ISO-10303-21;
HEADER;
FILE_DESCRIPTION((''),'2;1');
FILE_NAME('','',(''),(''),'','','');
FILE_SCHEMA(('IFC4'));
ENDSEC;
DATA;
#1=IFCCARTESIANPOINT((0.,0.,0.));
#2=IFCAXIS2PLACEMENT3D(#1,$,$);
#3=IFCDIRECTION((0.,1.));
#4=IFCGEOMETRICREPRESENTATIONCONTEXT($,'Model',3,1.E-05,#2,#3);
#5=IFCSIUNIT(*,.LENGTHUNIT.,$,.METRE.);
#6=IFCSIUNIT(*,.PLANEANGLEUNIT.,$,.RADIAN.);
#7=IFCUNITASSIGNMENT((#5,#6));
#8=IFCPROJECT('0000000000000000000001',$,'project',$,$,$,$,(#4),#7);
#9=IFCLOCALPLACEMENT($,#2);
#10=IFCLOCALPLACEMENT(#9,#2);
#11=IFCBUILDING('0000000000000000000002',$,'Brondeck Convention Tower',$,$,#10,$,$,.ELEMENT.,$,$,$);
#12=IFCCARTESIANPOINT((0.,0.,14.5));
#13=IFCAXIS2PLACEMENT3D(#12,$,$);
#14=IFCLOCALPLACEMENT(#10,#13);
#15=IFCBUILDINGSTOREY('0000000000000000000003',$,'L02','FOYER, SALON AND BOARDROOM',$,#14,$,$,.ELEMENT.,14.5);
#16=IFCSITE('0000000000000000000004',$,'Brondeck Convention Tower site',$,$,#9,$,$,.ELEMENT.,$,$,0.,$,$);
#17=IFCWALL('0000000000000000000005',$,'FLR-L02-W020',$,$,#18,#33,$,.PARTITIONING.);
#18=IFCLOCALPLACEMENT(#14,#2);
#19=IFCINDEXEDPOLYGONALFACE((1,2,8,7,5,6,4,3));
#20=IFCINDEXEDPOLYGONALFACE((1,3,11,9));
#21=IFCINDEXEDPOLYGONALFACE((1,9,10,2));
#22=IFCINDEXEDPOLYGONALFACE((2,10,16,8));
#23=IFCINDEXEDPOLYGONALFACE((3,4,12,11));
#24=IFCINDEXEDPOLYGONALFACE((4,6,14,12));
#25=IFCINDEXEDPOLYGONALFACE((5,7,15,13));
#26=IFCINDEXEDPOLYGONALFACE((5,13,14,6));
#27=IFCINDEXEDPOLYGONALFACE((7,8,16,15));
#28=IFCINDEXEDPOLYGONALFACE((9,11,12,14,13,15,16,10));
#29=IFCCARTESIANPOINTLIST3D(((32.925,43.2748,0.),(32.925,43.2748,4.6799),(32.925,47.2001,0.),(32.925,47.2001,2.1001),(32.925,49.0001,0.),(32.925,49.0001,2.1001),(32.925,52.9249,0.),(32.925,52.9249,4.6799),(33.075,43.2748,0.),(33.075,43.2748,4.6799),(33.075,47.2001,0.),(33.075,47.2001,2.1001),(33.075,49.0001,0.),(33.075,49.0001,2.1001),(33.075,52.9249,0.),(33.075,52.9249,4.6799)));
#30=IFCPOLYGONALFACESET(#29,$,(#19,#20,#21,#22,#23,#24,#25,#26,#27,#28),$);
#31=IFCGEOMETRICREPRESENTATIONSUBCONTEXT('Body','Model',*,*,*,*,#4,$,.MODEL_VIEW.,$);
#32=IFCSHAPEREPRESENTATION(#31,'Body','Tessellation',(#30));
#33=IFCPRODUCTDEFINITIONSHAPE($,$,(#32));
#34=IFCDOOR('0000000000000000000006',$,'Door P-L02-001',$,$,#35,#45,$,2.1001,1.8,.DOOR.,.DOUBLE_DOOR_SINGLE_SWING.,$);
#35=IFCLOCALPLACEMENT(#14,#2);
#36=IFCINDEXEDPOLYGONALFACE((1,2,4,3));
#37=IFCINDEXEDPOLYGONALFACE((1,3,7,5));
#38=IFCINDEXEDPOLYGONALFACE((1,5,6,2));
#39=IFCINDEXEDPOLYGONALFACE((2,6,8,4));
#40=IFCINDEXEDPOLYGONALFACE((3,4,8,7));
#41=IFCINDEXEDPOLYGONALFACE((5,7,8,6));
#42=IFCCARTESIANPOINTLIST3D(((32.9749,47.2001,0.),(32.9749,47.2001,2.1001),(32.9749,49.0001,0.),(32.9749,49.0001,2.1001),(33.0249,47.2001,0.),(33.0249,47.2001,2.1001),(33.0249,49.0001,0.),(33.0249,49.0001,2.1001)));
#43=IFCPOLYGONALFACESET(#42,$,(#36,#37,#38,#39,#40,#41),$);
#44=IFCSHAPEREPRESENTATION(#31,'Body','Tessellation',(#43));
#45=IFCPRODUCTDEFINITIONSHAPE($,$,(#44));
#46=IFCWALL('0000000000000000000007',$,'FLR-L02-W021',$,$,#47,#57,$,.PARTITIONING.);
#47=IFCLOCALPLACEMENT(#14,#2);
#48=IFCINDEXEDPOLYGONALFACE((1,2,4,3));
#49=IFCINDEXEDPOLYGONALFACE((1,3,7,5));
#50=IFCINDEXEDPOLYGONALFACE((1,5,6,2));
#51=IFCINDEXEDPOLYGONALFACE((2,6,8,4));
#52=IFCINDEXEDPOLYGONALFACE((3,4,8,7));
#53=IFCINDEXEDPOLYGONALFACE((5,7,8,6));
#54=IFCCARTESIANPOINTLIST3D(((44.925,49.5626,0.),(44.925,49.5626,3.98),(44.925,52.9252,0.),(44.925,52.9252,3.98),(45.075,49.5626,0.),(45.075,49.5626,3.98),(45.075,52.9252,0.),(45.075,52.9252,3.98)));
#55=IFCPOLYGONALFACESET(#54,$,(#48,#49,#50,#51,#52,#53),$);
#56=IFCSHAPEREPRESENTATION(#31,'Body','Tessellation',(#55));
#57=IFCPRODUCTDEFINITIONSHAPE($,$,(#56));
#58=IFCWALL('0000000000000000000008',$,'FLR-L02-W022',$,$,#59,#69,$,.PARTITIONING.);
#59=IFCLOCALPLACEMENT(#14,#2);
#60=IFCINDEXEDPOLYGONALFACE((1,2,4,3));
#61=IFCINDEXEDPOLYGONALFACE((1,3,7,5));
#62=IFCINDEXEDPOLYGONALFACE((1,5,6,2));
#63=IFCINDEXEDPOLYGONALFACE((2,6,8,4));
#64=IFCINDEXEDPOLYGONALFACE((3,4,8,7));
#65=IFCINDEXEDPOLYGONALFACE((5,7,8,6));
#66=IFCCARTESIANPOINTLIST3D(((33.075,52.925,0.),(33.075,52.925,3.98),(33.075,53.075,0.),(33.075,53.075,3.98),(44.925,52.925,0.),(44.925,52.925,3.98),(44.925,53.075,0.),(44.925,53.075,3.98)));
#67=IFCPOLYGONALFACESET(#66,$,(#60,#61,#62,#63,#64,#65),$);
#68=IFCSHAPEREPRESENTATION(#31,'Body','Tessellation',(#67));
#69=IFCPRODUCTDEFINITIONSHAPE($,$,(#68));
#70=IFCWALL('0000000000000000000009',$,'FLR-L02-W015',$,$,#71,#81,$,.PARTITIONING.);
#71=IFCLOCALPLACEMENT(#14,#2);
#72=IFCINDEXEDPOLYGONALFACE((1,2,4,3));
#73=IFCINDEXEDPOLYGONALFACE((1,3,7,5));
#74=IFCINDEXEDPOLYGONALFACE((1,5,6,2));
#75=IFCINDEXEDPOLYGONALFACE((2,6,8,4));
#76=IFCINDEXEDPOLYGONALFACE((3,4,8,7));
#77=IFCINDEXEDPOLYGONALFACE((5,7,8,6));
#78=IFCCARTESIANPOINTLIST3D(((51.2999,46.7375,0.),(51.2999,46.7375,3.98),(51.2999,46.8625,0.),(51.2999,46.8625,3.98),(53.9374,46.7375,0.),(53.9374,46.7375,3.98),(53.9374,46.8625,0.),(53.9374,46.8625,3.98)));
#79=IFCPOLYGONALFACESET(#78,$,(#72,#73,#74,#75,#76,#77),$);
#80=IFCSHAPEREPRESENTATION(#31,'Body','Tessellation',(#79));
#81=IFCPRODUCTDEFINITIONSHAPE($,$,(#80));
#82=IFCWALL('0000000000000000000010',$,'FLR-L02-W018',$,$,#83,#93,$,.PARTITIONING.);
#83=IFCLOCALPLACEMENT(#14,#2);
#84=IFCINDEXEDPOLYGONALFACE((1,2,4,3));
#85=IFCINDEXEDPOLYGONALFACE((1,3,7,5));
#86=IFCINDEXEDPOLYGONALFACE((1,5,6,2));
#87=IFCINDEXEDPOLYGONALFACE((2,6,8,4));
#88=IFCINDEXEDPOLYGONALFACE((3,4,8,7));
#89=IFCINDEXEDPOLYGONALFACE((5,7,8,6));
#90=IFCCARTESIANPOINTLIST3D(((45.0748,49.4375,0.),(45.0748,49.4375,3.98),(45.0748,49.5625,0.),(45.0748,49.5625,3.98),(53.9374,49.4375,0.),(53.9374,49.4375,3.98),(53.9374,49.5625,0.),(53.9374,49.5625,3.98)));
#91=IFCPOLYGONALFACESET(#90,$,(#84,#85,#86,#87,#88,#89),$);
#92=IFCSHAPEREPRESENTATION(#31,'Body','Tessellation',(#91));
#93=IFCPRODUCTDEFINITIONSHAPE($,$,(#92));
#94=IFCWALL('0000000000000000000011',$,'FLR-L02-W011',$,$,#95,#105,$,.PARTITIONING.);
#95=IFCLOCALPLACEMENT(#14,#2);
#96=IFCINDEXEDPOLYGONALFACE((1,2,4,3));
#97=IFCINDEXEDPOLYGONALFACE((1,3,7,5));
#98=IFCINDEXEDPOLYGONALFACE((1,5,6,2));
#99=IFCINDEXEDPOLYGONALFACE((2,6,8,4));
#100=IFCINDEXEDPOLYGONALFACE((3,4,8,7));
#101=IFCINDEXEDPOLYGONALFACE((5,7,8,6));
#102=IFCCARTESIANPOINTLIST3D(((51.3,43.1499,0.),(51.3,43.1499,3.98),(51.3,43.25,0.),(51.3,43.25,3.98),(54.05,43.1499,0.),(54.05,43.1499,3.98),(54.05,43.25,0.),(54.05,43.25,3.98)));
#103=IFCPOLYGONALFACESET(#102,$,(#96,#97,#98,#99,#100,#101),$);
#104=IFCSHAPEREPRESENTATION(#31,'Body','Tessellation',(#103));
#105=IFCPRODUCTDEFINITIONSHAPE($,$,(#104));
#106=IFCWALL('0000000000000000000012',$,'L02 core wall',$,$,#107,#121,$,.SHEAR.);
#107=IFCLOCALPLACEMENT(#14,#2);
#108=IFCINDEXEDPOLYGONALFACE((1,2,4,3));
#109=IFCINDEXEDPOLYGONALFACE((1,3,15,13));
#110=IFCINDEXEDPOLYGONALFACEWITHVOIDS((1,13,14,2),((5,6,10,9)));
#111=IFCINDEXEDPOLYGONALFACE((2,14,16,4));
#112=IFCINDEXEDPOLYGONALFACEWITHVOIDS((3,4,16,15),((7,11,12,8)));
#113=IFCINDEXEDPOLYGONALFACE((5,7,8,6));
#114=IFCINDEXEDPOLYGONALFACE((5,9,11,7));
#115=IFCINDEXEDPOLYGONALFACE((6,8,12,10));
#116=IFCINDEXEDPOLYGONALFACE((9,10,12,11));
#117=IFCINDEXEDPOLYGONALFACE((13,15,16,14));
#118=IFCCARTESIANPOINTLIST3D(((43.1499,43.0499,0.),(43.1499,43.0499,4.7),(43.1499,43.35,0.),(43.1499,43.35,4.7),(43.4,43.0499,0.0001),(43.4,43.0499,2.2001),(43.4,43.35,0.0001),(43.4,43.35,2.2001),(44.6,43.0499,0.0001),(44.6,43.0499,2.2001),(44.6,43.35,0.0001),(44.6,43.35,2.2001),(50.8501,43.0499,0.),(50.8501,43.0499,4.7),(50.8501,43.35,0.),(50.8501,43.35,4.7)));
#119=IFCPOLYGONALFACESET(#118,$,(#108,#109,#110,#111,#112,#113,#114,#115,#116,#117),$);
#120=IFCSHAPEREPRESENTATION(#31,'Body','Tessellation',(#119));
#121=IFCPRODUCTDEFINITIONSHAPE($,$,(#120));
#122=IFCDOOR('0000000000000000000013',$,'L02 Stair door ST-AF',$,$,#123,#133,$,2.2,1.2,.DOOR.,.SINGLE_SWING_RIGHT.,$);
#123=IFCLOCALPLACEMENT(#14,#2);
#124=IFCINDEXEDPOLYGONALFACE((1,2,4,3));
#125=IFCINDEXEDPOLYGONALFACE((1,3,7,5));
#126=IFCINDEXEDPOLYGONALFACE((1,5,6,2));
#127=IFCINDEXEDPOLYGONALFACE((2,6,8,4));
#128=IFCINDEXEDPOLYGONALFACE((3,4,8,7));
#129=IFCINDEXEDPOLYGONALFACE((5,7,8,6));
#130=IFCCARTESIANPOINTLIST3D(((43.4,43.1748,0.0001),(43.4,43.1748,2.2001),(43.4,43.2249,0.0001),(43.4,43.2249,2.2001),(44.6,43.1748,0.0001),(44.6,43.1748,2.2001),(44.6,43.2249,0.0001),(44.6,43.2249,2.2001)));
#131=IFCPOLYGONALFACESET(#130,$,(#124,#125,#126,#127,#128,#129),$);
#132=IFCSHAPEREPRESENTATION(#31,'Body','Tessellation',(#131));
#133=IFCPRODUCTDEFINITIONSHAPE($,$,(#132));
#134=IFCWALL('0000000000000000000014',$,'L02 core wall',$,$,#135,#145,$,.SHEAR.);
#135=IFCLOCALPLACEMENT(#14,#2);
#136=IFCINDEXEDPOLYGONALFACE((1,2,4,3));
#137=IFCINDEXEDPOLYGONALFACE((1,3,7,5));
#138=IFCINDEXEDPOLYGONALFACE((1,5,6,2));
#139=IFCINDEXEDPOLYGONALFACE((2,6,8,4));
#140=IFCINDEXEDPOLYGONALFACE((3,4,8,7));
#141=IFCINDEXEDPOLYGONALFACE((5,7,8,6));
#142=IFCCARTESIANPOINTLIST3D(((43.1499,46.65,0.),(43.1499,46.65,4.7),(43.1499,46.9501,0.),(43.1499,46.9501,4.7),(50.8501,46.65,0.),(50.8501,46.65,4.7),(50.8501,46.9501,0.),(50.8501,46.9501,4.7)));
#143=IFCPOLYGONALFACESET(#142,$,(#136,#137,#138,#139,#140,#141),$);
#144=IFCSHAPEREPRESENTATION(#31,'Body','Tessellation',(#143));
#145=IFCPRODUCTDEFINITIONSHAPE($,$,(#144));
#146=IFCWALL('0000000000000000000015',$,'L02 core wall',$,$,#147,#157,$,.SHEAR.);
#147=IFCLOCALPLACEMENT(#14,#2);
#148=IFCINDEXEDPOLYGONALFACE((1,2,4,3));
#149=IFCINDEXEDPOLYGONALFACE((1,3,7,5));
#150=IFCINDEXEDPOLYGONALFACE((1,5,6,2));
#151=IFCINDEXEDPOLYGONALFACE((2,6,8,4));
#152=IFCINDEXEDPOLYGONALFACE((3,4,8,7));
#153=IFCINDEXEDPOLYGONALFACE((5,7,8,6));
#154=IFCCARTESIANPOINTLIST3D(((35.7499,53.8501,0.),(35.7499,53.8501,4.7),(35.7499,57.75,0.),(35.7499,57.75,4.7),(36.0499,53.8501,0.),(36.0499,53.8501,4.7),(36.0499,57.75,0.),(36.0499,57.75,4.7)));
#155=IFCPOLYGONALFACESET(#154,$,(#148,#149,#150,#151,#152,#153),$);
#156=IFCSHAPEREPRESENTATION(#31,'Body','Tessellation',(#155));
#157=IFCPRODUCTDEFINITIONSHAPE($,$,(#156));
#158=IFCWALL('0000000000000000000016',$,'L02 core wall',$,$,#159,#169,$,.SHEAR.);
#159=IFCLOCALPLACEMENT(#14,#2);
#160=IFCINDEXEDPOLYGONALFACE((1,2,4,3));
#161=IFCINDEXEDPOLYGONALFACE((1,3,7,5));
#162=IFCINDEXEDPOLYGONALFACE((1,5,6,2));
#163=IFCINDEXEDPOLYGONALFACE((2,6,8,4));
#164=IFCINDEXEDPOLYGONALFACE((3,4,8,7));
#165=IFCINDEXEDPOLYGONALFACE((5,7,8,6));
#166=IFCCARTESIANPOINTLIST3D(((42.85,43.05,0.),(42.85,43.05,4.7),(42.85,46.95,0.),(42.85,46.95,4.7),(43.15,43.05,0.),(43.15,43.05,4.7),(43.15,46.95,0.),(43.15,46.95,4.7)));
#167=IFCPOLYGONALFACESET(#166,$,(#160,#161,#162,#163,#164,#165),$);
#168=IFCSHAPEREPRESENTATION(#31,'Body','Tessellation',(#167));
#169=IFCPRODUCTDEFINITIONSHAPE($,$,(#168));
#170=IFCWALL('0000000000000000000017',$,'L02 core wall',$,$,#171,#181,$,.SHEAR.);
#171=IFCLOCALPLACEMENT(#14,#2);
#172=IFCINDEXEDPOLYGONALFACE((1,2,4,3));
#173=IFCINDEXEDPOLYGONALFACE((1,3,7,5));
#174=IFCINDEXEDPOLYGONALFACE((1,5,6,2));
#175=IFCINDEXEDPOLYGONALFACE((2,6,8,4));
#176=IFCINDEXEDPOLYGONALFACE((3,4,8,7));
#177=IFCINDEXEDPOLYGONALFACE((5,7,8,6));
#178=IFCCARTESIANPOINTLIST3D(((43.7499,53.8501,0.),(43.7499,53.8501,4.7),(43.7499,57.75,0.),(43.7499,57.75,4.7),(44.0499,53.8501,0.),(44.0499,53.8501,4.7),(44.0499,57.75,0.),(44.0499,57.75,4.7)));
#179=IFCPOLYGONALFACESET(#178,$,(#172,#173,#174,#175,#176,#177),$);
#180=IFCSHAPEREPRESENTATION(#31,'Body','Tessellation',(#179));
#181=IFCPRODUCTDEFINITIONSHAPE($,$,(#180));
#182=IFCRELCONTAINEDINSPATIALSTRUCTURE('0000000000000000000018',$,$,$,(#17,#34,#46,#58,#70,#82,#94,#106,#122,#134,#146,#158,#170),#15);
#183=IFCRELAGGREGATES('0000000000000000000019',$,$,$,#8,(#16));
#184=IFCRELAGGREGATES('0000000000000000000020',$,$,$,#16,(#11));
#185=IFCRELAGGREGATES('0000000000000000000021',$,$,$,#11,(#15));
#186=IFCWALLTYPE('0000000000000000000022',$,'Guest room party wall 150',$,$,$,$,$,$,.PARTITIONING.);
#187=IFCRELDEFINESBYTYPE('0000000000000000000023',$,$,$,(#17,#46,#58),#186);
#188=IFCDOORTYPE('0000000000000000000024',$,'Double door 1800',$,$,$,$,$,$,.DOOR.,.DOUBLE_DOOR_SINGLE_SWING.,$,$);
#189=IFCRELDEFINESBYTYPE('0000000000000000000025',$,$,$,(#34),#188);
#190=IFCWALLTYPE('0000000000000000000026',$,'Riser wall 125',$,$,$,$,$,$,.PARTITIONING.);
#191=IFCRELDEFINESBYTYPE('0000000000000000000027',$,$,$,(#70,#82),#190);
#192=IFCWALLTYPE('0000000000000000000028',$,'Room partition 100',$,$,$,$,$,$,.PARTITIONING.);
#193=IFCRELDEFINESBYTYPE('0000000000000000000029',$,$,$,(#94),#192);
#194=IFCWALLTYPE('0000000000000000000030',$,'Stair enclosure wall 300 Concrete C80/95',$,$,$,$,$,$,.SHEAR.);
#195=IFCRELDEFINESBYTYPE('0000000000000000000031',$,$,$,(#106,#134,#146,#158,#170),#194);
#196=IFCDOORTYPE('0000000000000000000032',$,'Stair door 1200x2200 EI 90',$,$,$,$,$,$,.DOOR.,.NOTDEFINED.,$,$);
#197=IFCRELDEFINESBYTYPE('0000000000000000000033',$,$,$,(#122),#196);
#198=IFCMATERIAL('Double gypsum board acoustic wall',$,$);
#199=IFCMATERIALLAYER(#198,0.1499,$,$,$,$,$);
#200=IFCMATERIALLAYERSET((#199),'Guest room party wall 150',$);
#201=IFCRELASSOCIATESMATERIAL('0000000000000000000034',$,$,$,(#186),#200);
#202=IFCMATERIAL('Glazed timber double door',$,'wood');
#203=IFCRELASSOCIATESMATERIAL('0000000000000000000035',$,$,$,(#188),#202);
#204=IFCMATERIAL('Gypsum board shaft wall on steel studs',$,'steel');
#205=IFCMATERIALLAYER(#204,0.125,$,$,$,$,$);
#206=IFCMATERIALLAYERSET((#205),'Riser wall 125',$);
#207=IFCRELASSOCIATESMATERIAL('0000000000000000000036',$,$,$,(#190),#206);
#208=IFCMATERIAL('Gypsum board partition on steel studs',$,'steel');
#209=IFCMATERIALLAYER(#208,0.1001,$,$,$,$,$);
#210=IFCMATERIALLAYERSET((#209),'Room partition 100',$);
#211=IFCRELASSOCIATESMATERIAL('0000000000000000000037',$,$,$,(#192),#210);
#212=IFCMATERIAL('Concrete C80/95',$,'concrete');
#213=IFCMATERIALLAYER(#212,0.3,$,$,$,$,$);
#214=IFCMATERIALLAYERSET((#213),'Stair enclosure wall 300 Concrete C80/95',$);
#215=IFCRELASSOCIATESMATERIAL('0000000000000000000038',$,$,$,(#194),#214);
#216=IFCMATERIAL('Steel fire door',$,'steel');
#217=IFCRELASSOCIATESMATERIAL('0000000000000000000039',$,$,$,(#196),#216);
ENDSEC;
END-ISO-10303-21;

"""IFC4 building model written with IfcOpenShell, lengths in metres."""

from ifc_helpers import new_model, si_unit, direction, frame, frame_2d, origin, place, context, subcontext, project, spatial, rectangle, extrude, material, layer, layer_set, type_object, element, fill, save


model = new_model("IFC4")

# Units and contexts
model_context = context("Model", 3, precision=1e-05, world=origin(), true_north=direction((0.0, 1.0)))
body_context = subcontext(model_context, "Body", "Model", "MODEL_VIEW")
ifc_project = project(units=[si_unit("LENGTHUNIT", "METRE"), si_unit("PLANEANGLEUNIT", "RADIAN")], contexts=[model_context])

# Site, building, storey
site_placement = place(None, origin())
site = spatial("IfcSite", under=ifc_project, at=site_placement, Name="Brondeck Convention Tower site", CompositionType="ELEMENT", RefElevation=0.0)
building_placement = place(site_placement, origin())
building = spatial("IfcBuilding", under=site, at=building_placement, Name="Brondeck Convention Tower", CompositionType="ELEMENT")
storey_placement = place(building_placement, frame((0.0, 0.0, 14.5)))
storey = spatial("IfcBuildingStorey", under=building, at=storey_placement, Name="L02", Description="FOYER, SALON AND BOARDROOM", CompositionType="ELEMENT", Elevation=14.5)

# Shared definitions
ifc_material_1 = material(Name="Double gypsum board acoustic wall")
ifc_layer_1 = layer(ifc_material_1, 0.1499)
ifc_layer_set_1 = layer_set([ifc_layer_1], Name="Guest room party wall 150")
wall_type_1 = type_object("IfcWallType", Name="Guest room party wall 150", PredefinedType="PARTITIONING", material=ifc_layer_set_1)

# Wall, opening, door
wall_1_placement = place(storey_placement, frame((33.0, 52.925, 0.0), z_axis=(0.0, 0.0, 1.0), x_axis=(0.0, -1.0, 0.0)))
wall_1 = element("IfcWall", 1, at=wall_1_placement, inside=storey, type_object=wall_type_1, Name="FLR-L02-W020", PredefinedType="PARTITIONING", context=body_context, shape_type="SweptSolid", body=[
    extrude(rectangle(XDim=9.6501, YDim=0.1499, at=frame_2d((4.8252, 0.0))), origin(), (0.0, 0.0, 1.0), 4.6799),
])
opening_1_placement = place(wall_1_placement, frame((3.925, 0.0, 0.0)))
opening_1 = element("IfcOpeningElement", 2, at=opening_1_placement, cuts=wall_1, PredefinedType="OPENING", context=body_context, shape_type="SweptSolid", body=[
    extrude(rectangle(XDim=1.8, YDim=2.1001, at=frame_2d((0.8999, 1.05))), frame((0.0, 0.085, 0.0), z_axis=(0.0, -1.0, 0.0), x_axis=(1.0, 0.0, 0.0)), (0.0, 0.0, 1.0), 0.1699),
])
ifc_material_2 = material(Name="Glazed timber double door", Category="wood")
door_type_1 = type_object("IfcDoorType", Name="Double door 1800", OperationType="DOUBLE_DOOR_SINGLE_SWING", PredefinedType="DOOR", material=ifc_material_2)
door_1_placement = place(opening_1_placement, origin())
door_1 = element("IfcDoor", 3, at=door_1_placement, inside=storey, type_object=door_type_1, Name="Door P-L02-001", OperationType="DOUBLE_DOOR_SINGLE_SWING", OverallHeight=2.1001, OverallWidth=1.8, PredefinedType="DOOR", context=body_context, shape_type="SweptSolid", body=[
    extrude(rectangle(XDim=1.8, YDim=2.1001, at=frame_2d((0.8999, 1.05))), frame((0.0, 0.0249, 0.0), z_axis=(0.0, -1.0, 0.0), x_axis=(1.0, 0.0, 0.0)), (0.0, 0.0, 1.0), 0.05),
])
fill(opening_1, door_1)

# Walls
wall_2_placement = place(storey_placement, frame((45.0, 52.925, 0.0), z_axis=(0.0, 0.0, 1.0), x_axis=(0.0, -1.0, 0.0)))
element("IfcWall", 4, at=wall_2_placement, inside=storey, type_object=wall_type_1, Name="FLR-L02-W021", PredefinedType="PARTITIONING", context=body_context, shape_type="SweptSolid", body=[
    extrude(rectangle(XDim=3.3625, YDim=0.1499, at=frame_2d((1.6812, 0.0))), origin(), (0.0, 0.0, 1.0), 3.98),
])
wall_3_placement = place(storey_placement, frame((33.075, 53.0, 0.0), z_axis=(0.0, 0.0, 1.0), x_axis=(1.0, 0.0, 0.0)))
element("IfcWall", 5, at=wall_3_placement, inside=storey, type_object=wall_type_1, Name="FLR-L02-W022", PredefinedType="PARTITIONING", context=body_context, shape_type="SweptSolid", body=[
    extrude(rectangle(XDim=11.8501, YDim=0.1499, at=frame_2d((5.925, 0.0))), origin(), (0.0, 0.0, 1.0), 3.98),
])
ifc_material_3 = material(Name="Gypsum board shaft wall on steel studs", Category="steel")
ifc_layer_2 = layer(ifc_material_3, 0.125)
ifc_layer_set_2 = layer_set([ifc_layer_2], Name="Riser wall 125")
wall_type_2 = type_object("IfcWallType", Name="Riser wall 125", PredefinedType="PARTITIONING", material=ifc_layer_set_2)
wall_4_placement = place(storey_placement, frame((53.9375, 46.8, 0.0), z_axis=(0.0, 0.0, 1.0), x_axis=(-1.0, 0.0, 0.0)))
element("IfcWall", 6, at=wall_4_placement, inside=storey, type_object=wall_type_2, Name="FLR-L02-W015", PredefinedType="PARTITIONING", context=body_context, shape_type="SweptSolid", body=[
    extrude(rectangle(XDim=2.6375, YDim=0.125, at=frame_2d((1.3188, 0.0))), origin(), (0.0, 0.0, 1.0), 3.98),
])
wall_5_placement = place(storey_placement, frame((45.075, 49.5, 0.0), z_axis=(0.0, 0.0, 1.0), x_axis=(1.0, 0.0, 0.0)))
element("IfcWall", 7, at=wall_5_placement, inside=storey, type_object=wall_type_2, Name="FLR-L02-W018", PredefinedType="PARTITIONING", context=body_context, shape_type="SweptSolid", body=[
    extrude(rectangle(XDim=8.8625, YDim=0.125, at=frame_2d((4.4312, 0.0))), origin(), (0.0, 0.0, 1.0), 3.98),
])
ifc_material_4 = material(Name="Gypsum board partition on steel studs", Category="steel")
ifc_layer_3 = layer(ifc_material_4, 0.1001)
ifc_layer_set_3 = layer_set([ifc_layer_3], Name="Room partition 100")
wall_type_3 = type_object("IfcWallType", Name="Room partition 100", PredefinedType="PARTITIONING", material=ifc_layer_set_3)
wall_6_placement = place(storey_placement, frame((51.3, 43.2, 0.0), z_axis=(0.0, 0.0, 1.0), x_axis=(1.0, 0.0, 0.0)))
element("IfcWall", 8, at=wall_6_placement, inside=storey, type_object=wall_type_3, Name="FLR-L02-W011", PredefinedType="PARTITIONING", context=body_context, shape_type="SweptSolid", body=[
    extrude(rectangle(XDim=2.75, YDim=0.1001, at=frame_2d((1.375, 0.0))), origin(), (0.0, 0.0, 1.0), 3.98),
])

# Wall, opening, door
ifc_material_5 = material(Name="Concrete C80/95", Category="concrete")
ifc_layer_4 = layer(ifc_material_5, 0.3)
ifc_layer_set_4 = layer_set([ifc_layer_4], Name="Stair enclosure wall 300 Concrete C80/95")
wall_type_4 = type_object("IfcWallType", Name="Stair enclosure wall 300 Concrete C80/95", PredefinedType="SHEAR", material=ifc_layer_set_4)
wall_7_placement = place(storey_placement, frame((43.1499, 43.2, 0.0), z_axis=(0.0, 0.0, 1.0), x_axis=(1.0, 0.0, 0.0)))
wall_7 = element("IfcWall", 9, at=wall_7_placement, inside=storey, type_object=wall_type_4, Name="L02 core wall", PredefinedType="SHEAR", context=body_context, shape_type="SweptSolid", body=[
    extrude(rectangle(XDim=7.7002, YDim=0.3, at=frame_2d((3.8501, 0.0))), origin(), (0.0, 0.0, 1.0), 4.7),
])
opening_2_placement = place(wall_7_placement, frame((0.25, 0.0, 0.0)))
opening_2 = element("IfcOpeningElement", 10, at=opening_2_placement, cuts=wall_7, PredefinedType="OPENING", context=body_context, shape_type="SweptSolid", body=[
    extrude(rectangle(XDim=1.2, YDim=2.2, at=frame_2d((0.6001, 1.1001))), frame((0.0, 0.1599, 0.0), z_axis=(0.0, -1.0, 0.0), x_axis=(1.0, 0.0, 0.0)), (0.0, 0.0, 1.0), 0.3201),
])
ifc_material_6 = material(Name="Steel fire door", Category="steel")
door_type_2 = type_object("IfcDoorType", Name="Stair door 1200x2200 EI 90", OperationType="NOTDEFINED", PredefinedType="DOOR", material=ifc_material_6)
door_2_placement = place(opening_2_placement, origin())
door_2 = element("IfcDoor", 11, at=door_2_placement, inside=storey, type_object=door_type_2, Name="L02 Stair door ST-AF", OperationType="SINGLE_SWING_RIGHT", OverallHeight=2.2, OverallWidth=1.2, PredefinedType="DOOR", context=body_context, shape_type="SweptSolid", body=[
    extrude(rectangle(XDim=1.2, YDim=2.2, at=frame_2d((0.6001, 1.1001))), frame((0.0, 0.0249, 0.0), z_axis=(0.0, -1.0, 0.0), x_axis=(1.0, 0.0, 0.0)), (0.0, 0.0, 1.0), 0.05),
])
fill(opening_2, door_2)

# Walls
wall_8_placement = place(storey_placement, frame((43.1499, 46.8, 0.0), z_axis=(0.0, 0.0, 1.0), x_axis=(1.0, 0.0, 0.0)))
element("IfcWall", 12, at=wall_8_placement, inside=storey, type_object=wall_type_4, Name="L02 core wall", PredefinedType="SHEAR", context=body_context, shape_type="SweptSolid", body=[
    extrude(rectangle(XDim=7.7002, YDim=0.3, at=frame_2d((3.8501, 0.0))), origin(), (0.0, 0.0, 1.0), 4.7),
])
for number, where, z_axis, x_axis, name in (
    (13, (35.8999, 53.8501, 0.0), (0.0, 0.0, 1.0), (0.0, 1.0, 0.0), "L02 core wall"),
    (14, (43.0, 43.05, 0.0), (0.0, 0.0, 1.0), (0.0, 1.0, 0.0), "L02 core wall"),
    (15, (43.8999, 53.8501, 0.0), (0.0, 0.0, 1.0), (0.0, 1.0, 0.0), "L02 core wall"),
):
    element("IfcWall", number, at=place(storey_placement, frame(where, z_axis=z_axis, x_axis=x_axis)), inside=storey, type_object=wall_type_4, Name=name, PredefinedType="SHEAR", context=body_context, shape_type="SweptSolid", body=[
        extrude(rectangle(XDim=3.8999, YDim=0.3, at=frame_2d((1.95, 0.0))), origin(), (0.0, 0.0, 1.0), 4.7),
    ])

save(model, "model.ifc")
